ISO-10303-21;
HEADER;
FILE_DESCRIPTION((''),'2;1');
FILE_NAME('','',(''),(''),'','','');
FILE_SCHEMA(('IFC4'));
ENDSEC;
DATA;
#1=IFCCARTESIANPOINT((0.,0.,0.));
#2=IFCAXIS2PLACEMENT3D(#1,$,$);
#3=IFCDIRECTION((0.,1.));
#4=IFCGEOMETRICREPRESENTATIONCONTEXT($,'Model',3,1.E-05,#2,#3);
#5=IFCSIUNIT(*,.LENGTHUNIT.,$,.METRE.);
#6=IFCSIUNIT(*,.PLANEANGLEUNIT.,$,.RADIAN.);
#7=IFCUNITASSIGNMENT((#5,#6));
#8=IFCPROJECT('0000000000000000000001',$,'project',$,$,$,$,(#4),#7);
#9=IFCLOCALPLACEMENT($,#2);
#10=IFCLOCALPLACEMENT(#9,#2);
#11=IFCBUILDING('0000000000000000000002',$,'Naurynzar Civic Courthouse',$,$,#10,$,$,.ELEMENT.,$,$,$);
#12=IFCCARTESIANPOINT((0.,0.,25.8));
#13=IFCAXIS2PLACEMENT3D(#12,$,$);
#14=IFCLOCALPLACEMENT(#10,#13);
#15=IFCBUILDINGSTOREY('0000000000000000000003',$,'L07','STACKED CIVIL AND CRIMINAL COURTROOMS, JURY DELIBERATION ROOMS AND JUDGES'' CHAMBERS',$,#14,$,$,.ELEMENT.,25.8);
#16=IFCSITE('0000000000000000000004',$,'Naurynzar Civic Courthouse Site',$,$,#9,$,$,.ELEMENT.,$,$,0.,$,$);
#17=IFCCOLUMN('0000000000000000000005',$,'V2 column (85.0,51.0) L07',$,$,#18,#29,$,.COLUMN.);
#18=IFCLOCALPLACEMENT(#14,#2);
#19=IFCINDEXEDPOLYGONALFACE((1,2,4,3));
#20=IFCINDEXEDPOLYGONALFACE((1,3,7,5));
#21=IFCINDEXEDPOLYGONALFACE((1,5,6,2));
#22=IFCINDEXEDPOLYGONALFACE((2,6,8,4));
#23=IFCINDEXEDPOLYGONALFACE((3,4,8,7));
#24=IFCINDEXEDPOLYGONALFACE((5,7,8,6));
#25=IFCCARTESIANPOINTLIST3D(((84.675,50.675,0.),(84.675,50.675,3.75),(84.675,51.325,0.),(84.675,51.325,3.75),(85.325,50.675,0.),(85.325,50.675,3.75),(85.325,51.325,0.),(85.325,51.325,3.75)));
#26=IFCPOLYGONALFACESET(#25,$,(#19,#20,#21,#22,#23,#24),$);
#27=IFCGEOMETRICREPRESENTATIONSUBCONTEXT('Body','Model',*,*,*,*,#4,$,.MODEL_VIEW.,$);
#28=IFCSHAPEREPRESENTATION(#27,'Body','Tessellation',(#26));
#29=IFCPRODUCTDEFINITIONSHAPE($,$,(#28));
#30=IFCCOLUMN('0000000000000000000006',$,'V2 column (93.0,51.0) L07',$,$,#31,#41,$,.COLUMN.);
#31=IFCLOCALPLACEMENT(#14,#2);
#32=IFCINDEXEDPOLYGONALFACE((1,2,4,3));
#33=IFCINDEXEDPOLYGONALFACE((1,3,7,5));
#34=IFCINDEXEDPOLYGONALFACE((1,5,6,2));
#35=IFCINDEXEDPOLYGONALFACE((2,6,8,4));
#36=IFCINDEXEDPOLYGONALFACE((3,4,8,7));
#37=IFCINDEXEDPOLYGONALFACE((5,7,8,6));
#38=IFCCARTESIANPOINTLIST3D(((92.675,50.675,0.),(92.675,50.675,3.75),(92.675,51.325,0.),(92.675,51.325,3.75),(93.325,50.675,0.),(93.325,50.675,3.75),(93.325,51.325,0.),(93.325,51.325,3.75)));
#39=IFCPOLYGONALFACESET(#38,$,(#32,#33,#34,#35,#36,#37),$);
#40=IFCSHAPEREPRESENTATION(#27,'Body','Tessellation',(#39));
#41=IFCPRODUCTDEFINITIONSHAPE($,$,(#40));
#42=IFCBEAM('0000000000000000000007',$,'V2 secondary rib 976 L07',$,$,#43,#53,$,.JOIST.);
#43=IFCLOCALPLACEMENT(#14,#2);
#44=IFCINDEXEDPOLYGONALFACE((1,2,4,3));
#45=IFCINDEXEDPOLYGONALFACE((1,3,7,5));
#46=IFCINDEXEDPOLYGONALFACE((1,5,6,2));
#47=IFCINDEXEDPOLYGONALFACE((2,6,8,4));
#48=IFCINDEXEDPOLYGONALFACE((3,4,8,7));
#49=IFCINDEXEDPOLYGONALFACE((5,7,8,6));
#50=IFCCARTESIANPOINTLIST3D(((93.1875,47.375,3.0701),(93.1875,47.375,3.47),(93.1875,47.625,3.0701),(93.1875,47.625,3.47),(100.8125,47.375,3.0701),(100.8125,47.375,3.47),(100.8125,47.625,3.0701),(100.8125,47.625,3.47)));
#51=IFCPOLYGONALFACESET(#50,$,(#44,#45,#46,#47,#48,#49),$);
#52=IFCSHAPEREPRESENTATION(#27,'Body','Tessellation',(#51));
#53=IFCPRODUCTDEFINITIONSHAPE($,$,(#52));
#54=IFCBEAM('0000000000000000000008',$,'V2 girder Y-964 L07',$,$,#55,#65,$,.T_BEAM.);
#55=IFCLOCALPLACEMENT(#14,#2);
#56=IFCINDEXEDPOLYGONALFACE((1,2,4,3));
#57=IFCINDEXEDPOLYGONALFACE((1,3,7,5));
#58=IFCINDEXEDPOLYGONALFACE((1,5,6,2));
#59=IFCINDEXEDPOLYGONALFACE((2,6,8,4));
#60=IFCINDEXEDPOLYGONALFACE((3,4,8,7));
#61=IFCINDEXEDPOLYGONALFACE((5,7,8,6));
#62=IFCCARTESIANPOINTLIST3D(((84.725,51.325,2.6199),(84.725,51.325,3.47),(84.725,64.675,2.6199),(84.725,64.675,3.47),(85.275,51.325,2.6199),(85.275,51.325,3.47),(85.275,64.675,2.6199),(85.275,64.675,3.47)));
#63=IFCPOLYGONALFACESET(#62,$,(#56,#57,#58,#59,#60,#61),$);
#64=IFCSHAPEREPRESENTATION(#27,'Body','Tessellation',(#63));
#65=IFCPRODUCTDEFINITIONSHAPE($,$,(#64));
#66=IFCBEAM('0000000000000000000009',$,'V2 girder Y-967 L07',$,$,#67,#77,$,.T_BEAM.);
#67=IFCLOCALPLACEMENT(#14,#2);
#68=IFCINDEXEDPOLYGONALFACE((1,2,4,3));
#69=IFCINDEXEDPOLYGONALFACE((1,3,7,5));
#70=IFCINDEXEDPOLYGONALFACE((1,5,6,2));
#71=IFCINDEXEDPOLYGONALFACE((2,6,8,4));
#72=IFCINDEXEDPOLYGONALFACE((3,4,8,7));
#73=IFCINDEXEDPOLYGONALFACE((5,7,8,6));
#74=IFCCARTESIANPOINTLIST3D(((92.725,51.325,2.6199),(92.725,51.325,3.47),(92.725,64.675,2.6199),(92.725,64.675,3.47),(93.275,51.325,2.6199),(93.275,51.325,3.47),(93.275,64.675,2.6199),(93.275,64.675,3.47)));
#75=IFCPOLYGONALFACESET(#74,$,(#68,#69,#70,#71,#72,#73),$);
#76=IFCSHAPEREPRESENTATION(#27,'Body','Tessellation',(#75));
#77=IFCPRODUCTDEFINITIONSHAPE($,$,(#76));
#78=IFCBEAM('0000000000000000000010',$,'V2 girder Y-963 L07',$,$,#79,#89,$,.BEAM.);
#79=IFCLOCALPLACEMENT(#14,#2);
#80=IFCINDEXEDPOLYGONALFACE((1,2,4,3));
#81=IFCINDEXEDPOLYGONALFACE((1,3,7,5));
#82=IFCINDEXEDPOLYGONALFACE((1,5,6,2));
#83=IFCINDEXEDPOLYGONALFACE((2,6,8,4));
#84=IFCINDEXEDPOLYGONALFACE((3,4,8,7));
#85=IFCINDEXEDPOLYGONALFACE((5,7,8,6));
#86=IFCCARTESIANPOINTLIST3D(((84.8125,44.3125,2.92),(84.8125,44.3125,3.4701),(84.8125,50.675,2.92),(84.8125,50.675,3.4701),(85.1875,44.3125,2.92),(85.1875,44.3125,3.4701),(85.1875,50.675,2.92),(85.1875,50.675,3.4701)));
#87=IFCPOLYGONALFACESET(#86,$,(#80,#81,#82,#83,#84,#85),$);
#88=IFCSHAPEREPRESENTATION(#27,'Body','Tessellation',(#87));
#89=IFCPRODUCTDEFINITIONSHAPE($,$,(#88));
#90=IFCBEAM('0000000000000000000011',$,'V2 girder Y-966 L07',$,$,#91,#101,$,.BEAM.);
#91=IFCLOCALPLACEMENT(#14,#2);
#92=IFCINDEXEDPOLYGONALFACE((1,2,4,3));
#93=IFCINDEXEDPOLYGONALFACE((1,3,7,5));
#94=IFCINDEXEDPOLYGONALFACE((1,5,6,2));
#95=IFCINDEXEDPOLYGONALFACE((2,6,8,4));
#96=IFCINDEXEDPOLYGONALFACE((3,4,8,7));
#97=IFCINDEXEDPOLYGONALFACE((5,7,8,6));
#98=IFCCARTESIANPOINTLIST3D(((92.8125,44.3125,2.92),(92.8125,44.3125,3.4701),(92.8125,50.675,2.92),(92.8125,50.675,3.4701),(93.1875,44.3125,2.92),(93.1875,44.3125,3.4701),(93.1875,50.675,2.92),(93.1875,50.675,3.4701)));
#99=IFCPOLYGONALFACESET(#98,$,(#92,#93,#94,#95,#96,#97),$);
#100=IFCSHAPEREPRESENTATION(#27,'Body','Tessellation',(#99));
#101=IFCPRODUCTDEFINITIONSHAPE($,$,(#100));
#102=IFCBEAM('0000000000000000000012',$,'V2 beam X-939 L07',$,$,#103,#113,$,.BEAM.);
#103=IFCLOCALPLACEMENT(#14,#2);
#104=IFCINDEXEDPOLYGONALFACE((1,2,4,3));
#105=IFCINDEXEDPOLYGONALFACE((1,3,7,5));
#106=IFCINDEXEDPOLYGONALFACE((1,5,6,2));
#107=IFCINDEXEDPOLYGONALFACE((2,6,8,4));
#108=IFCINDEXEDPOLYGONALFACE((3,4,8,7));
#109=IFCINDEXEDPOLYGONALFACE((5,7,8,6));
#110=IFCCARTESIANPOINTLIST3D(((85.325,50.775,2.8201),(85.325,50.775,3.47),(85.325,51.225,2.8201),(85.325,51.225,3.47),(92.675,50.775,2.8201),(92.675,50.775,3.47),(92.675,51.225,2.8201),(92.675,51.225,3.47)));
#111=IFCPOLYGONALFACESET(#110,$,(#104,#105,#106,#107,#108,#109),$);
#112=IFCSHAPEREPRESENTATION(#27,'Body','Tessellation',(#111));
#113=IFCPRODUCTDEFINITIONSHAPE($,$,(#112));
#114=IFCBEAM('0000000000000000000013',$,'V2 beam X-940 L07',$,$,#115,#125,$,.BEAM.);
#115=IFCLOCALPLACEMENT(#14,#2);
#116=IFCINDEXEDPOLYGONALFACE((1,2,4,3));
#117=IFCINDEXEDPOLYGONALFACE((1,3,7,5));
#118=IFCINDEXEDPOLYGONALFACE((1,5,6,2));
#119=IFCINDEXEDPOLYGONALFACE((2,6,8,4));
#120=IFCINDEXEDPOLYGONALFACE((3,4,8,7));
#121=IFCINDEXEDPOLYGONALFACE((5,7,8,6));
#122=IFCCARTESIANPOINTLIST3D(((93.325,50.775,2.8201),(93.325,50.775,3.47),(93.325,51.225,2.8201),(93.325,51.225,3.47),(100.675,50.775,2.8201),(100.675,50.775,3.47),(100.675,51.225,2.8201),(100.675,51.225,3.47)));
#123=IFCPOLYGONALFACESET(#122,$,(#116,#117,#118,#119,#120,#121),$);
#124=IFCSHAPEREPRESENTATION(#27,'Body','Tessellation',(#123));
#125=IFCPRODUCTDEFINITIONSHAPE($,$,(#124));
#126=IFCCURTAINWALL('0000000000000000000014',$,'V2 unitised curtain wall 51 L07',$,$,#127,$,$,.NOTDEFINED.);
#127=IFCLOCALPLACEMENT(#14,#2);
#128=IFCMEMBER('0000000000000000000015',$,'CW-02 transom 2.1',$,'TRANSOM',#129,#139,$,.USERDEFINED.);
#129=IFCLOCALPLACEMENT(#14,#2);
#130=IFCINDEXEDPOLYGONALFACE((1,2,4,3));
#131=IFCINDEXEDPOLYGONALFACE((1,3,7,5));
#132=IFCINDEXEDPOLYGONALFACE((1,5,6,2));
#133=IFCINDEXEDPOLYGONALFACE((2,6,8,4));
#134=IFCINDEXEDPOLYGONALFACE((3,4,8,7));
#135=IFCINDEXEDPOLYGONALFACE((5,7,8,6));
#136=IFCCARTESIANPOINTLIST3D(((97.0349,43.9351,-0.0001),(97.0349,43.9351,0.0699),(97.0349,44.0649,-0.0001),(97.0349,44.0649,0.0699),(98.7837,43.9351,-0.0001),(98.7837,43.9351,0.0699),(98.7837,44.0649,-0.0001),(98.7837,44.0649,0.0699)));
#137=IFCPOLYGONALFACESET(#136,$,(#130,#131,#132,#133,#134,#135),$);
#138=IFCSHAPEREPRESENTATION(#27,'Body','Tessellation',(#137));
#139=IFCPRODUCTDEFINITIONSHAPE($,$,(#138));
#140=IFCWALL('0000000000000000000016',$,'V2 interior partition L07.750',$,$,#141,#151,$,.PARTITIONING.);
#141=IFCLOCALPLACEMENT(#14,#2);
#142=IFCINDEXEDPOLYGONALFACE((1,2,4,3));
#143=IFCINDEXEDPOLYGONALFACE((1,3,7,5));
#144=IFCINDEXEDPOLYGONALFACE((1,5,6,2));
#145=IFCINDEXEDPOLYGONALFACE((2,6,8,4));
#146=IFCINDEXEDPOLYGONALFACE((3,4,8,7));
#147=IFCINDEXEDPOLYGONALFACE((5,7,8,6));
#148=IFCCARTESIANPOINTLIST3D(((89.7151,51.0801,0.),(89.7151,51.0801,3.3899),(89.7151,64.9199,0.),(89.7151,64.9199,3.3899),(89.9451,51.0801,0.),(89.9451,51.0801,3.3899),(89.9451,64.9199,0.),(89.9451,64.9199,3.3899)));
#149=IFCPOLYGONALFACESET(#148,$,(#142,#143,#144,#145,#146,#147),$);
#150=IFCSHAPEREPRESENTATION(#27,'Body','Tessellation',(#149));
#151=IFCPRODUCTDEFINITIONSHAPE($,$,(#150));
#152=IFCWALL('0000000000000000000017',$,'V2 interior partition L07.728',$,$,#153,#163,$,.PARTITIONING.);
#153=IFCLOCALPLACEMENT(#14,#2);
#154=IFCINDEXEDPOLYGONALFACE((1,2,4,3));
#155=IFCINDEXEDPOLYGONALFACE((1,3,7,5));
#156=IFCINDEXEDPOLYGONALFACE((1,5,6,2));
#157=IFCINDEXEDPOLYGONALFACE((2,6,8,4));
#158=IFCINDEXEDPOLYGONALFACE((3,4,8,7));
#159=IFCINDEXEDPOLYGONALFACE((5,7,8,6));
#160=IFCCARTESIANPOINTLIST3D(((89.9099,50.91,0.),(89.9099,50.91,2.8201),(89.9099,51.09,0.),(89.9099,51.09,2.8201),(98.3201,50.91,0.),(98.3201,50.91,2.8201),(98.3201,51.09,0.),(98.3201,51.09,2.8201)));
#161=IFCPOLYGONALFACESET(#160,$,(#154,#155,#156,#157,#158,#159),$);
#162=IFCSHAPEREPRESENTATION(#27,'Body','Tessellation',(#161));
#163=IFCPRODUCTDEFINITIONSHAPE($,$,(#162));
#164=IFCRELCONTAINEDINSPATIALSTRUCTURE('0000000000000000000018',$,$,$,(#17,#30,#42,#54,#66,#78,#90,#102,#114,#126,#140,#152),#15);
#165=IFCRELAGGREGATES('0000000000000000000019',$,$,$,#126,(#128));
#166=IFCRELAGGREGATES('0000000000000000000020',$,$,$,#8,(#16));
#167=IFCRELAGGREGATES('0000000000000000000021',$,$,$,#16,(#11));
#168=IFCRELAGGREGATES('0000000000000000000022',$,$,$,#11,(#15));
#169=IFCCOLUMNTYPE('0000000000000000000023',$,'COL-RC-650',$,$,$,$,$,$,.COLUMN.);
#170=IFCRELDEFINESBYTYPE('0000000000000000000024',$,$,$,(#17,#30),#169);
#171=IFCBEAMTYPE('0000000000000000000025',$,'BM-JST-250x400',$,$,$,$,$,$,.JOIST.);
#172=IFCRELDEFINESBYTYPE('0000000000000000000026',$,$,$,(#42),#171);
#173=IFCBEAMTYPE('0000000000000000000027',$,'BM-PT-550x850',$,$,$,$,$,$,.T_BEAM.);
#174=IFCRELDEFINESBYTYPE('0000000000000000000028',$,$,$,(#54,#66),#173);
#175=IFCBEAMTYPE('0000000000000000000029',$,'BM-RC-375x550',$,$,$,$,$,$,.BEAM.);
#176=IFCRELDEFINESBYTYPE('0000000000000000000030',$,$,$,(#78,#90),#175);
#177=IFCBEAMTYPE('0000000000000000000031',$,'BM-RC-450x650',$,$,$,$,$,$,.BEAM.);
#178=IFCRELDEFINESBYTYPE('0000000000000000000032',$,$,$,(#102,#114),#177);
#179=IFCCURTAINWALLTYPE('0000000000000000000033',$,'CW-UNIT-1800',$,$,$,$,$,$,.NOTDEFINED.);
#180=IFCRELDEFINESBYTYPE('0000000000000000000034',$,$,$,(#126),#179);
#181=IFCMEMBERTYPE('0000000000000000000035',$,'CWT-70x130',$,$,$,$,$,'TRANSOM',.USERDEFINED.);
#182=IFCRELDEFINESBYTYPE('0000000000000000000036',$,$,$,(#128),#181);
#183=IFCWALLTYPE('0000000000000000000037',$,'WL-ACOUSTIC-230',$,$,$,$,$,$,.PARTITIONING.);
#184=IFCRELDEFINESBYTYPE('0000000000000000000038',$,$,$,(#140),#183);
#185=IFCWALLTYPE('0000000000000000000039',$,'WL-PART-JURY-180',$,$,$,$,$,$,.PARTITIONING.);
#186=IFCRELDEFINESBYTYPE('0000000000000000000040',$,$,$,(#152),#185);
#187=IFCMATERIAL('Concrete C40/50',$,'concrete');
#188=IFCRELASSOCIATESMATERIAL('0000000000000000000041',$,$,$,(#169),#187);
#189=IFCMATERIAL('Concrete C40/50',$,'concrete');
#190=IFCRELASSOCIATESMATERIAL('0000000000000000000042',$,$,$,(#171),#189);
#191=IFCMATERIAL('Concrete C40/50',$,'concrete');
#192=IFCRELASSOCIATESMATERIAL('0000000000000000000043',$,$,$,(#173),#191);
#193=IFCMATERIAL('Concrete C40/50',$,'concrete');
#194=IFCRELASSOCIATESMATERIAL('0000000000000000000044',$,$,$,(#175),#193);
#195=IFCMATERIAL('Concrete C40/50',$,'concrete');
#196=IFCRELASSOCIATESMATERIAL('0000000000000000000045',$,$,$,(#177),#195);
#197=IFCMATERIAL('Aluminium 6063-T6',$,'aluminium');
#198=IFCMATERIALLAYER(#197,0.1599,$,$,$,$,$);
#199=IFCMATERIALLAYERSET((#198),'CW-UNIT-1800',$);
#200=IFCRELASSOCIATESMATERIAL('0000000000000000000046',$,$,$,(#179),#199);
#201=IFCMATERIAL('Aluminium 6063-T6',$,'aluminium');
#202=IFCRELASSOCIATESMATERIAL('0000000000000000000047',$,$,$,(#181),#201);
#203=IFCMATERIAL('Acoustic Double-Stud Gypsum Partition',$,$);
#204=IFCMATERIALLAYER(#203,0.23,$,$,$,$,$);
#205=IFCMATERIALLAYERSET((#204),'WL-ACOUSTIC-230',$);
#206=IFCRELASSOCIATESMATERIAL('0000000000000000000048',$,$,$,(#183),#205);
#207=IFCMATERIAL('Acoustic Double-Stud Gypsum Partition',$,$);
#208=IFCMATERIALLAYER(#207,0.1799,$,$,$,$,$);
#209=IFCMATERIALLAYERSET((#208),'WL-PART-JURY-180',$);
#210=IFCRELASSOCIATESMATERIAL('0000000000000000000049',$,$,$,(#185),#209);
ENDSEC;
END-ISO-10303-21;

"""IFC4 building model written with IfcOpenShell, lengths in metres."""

from ifc_helpers import new_model, si_unit, direction, frame, frame_2d, origin, origin_2d, place, context, subcontext, project, spatial, rectangle, extrude, material, layer, layer_set, material_profile, profile_set, type_object, element, aggregate, save


model = new_model("IFC4")

# Units and contexts
model_context = context("Model", 3, precision=1e-05, world=origin(), true_north=direction((0.0, 1.0)))
body_context = subcontext(model_context, "Body", "Model", "MODEL_VIEW")
ifc_project = project(units=[si_unit("LENGTHUNIT", "METRE"), si_unit("PLANEANGLEUNIT", "RADIAN")], contexts=[model_context])

# Site, building, storey
site_placement = place(None, origin())
site = spatial("IfcSite", under=ifc_project, at=site_placement, Name="Naurynzar Civic Courthouse Site", CompositionType="ELEMENT", RefElevation=0.0)
building_placement = place(site_placement, origin())
building = spatial("IfcBuilding", under=site, at=building_placement, Name="Naurynzar Civic Courthouse", CompositionType="ELEMENT")
storey_placement = place(building_placement, frame((0.0, 0.0, 25.8)))
storey = spatial("IfcBuildingStorey", under=building, at=storey_placement, Name="L07", Description="STACKED CIVIL AND CRIMINAL COURTROOMS, JURY DELIBERATION ROOMS AND JUDGES' CHAMBERS", CompositionType="ELEMENT", Elevation=25.8)

# Columns
ifc_material_1 = material(Name="Concrete C40/50", Category="concrete")
ifc_material_profile_1 = material_profile(ifc_material_1, rectangle(XDim=0.6499, YDim=0.6499, at=origin_2d()), Name="RC 650x650")
ifc_profile_set_1 = profile_set([ifc_material_profile_1], Name="Concrete C40/50")
column_type = type_object("IfcColumnType", Name="COL-RC-650", PredefinedType="COLUMN", material=ifc_profile_set_1)
for number, where, z_axis, x_axis, name in (
    (1, (85.0, 51.0, 0.0), (0.0, 0.0, 1.0), (1.0, 0.0, 0.0), "V2 column (85.0,51.0) L07"),
    (2, (93.0, 51.0, 0.0), (0.0, 0.0, 1.0), (1.0, 0.0, 0.0), "V2 column (93.0,51.0) L07"),
):
    element("IfcColumn", number, at=place(storey_placement, frame(where, z_axis=z_axis, x_axis=x_axis)), inside=storey, type_object=column_type, Name=name, PredefinedType="COLUMN", context=body_context, shape_type="SweptSolid", body=[
        extrude(rectangle(XDim=0.6499, YDim=0.6499, at=origin_2d()), origin(), (0.0, 0.0, 1.0), 3.75),
    ])

# Beams
ifc_material_2 = material(Name="Concrete C40/50", Category="concrete")
ifc_material_profile_2 = material_profile(ifc_material_2, rectangle(XDim=0.25, YDim=0.3999, at=origin_2d()), Name="RCB 250x400")
ifc_profile_set_2 = profile_set([ifc_material_profile_2], Name="Concrete C40/50")
beam_type_1 = type_object("IfcBeamType", Name="BM-JST-250x400", PredefinedType="JOIST", material=ifc_profile_set_2)
beam_placement = place(storey_placement, frame((93.1875, 47.5, 3.27), z_axis=(1.0, 0.0, 0.0), x_axis=(0.0, 1.0, 0.0)))
element("IfcBeam", 3, at=beam_placement, inside=storey, type_object=beam_type_1, Name="V2 secondary rib 976 L07", PredefinedType="JOIST", context=body_context, shape_type="SweptSolid", body=[
    extrude(rectangle(XDim=0.25, YDim=0.3999, at=origin_2d()), origin(), (0.0, 0.0, 1.0), 7.625),
])
ifc_material_3 = material(Name="Concrete C40/50", Category="concrete")
ifc_material_profile_3 = material_profile(ifc_material_3, rectangle(XDim=0.55, YDim=0.8501, at=origin_2d()), Name="PTB 550x850")
ifc_profile_set_3 = profile_set([ifc_material_profile_3], Name="Concrete C40/50")
beam_type_2 = type_object("IfcBeamType", Name="BM-PT-550x850", PredefinedType="T_BEAM", material=ifc_profile_set_3)
for number, where, z_axis, x_axis, name in (
    (4, (85.0, 51.325, 3.0449), (0.0, 1.0, 0.0), (-1.0, 0.0, 0.0), "V2 girder Y-964 L07"),
    (5, (93.0, 51.325, 3.0449), (0.0, 1.0, 0.0), (-1.0, 0.0, 0.0), "V2 girder Y-967 L07"),
):
    element("IfcBeam", number, at=place(storey_placement, frame(where, z_axis=z_axis, x_axis=x_axis)), inside=storey, type_object=beam_type_2, Name=name, PredefinedType="T_BEAM", context=body_context, shape_type="SweptSolid", body=[
        extrude(rectangle(XDim=0.55, YDim=0.8501, at=origin_2d()), origin(), (0.0, 0.0, 1.0), 13.3501),
    ])
ifc_material_4 = material(Name="Concrete C40/50", Category="concrete")
ifc_material_profile_4 = material_profile(ifc_material_4, rectangle(XDim=0.375, YDim=0.55, at=origin_2d()), Name="RCB 375x550")
ifc_profile_set_4 = profile_set([ifc_material_profile_4], Name="Concrete C40/50")
beam_type_3 = type_object("IfcBeamType", Name="BM-RC-375x550", PredefinedType="BEAM", material=ifc_profile_set_4)
for number, where, z_axis, x_axis, name in (
    (6, (85.0, 44.3125, 3.1951), (0.0, 1.0, 0.0), (-1.0, 0.0, 0.0), "V2 girder Y-963 L07"),
    (7, (93.0, 44.3125, 3.1951), (0.0, 1.0, 0.0), (-1.0, 0.0, 0.0), "V2 girder Y-966 L07"),
):
    element("IfcBeam", number, at=place(storey_placement, frame(where, z_axis=z_axis, x_axis=x_axis)), inside=storey, type_object=beam_type_3, Name=name, PredefinedType="BEAM", context=body_context, shape_type="SweptSolid", body=[
        extrude(rectangle(XDim=0.375, YDim=0.55, at=origin_2d()), origin(), (0.0, 0.0, 1.0), 6.3625),
    ])
ifc_material_5 = material(Name="Concrete C40/50", Category="concrete")
ifc_material_profile_5 = material_profile(ifc_material_5, rectangle(XDim=0.45, YDim=0.6499, at=origin_2d()), Name="RCB 450x650")
ifc_profile_set_5 = profile_set([ifc_material_profile_5], Name="Concrete C40/50")
beam_type_4 = type_object("IfcBeamType", Name="BM-RC-450x650", PredefinedType="BEAM", material=ifc_profile_set_5)
for number, where, z_axis, x_axis, name in (
    (8, (85.325, 51.0, 3.145), (1.0, 0.0, 0.0), (0.0, 1.0, 0.0), "V2 beam X-939 L07"),
    (9, (93.325, 51.0, 3.145), (1.0, 0.0, 0.0), (0.0, 1.0, 0.0), "V2 beam X-940 L07"),
):
    element("IfcBeam", number, at=place(storey_placement, frame(where, z_axis=z_axis, x_axis=x_axis)), inside=storey, type_object=beam_type_4, Name=name, PredefinedType="BEAM", context=body_context, shape_type="SweptSolid", body=[
        extrude(rectangle(XDim=0.45, YDim=0.6499, at=origin_2d()), origin(), (0.0, 0.0, 1.0), 7.3501),
    ])

# Curtain wall, member
ifc_material_6 = material(Name="Aluminium 6063-T6", Category="aluminium")
ifc_layer_1 = layer(ifc_material_6, 0.1599)
ifc_layer_set_1 = layer_set([ifc_layer_1], Name="CW-UNIT-1800")
curtain_wall_type = type_object("IfcCurtainWallType", Name="CW-UNIT-1800", PredefinedType="NOTDEFINED", material=ifc_layer_set_1)
curtain_wall_placement = place(storey_placement, origin())
curtain_wall = element("IfcCurtainWall", 10, at=curtain_wall_placement, inside=storey, type_object=curtain_wall_type, Name="V2 unitised curtain wall 51 L07", PredefinedType="NOTDEFINED")
ifc_material_7 = material(Name="Aluminium 6063-T6", Category="aluminium")
ifc_material_profile_6 = material_profile(ifc_material_7, rectangle(XDim=0.1299, YDim=0.0701, at=origin_2d()), Name="ALU TRANSOM 70x130")
ifc_profile_set_6 = profile_set([ifc_material_profile_6], Name="Aluminium 6063-T6")
member_type = type_object("IfcMemberType", Name="CWT-70x130", ElementType="TRANSOM", PredefinedType="USERDEFINED", material=ifc_profile_set_6)
member_placement = place(storey_placement, frame((98.7837, 44.0, 0.0349), z_axis=(-1.0, 0.0, 0.0), x_axis=(0.0, -1.0, 0.0)))
member = element("IfcMember", 11, at=member_placement, type_object=member_type, Name="CW-02 transom 2.1", ObjectType="TRANSOM", PredefinedType="USERDEFINED", context=body_context, shape_type="SweptSolid", body=[
    extrude(rectangle(XDim=0.1299, YDim=0.0701, at=origin_2d()), origin(), (0.0, 0.0, 1.0), 1.7488),
])
aggregate(curtain_wall, [member])

# Wall
ifc_material_8 = material(Name="Acoustic Double-Stud Gypsum Partition")
ifc_layer_2 = layer(ifc_material_8, 0.23)
ifc_layer_set_2 = layer_set([ifc_layer_2], Name="WL-ACOUSTIC-230")
wall_type_1 = type_object("IfcWallType", Name="WL-ACOUSTIC-230", PredefinedType="PARTITIONING", material=ifc_layer_set_2)
wall_1_placement = place(storey_placement, frame((89.8301, 51.0801, 0.0), z_axis=(0.0, 0.0, 1.0), x_axis=(0.0, 1.0, 0.0)))
element("IfcWall", 12, at=wall_1_placement, inside=storey, type_object=wall_type_1, Name="V2 interior partition L07.750", PredefinedType="PARTITIONING", context=body_context, shape_type="SweptSolid", body=[
    extrude(rectangle(XDim=13.8398, YDim=0.23, at=frame_2d((6.9199, 0.0))), origin(), (0.0, 0.0, 1.0), 3.3899),
])

# Wall
ifc_material_9 = material(Name="Acoustic Double-Stud Gypsum Partition")
ifc_layer_3 = layer(ifc_material_9, 0.1799)
ifc_layer_set_3 = layer_set([ifc_layer_3], Name="WL-PART-JURY-180")
wall_type_2 = type_object("IfcWallType", Name="WL-PART-JURY-180", PredefinedType="PARTITIONING", material=ifc_layer_set_3)
wall_2_placement = place(storey_placement, frame((89.9099, 51.0, 0.0), z_axis=(0.0, 0.0, 1.0), x_axis=(1.0, 0.0, 0.0)))
element("IfcWall", 13, at=wall_2_placement, inside=storey, type_object=wall_type_2, Name="V2 interior partition L07.728", PredefinedType="PARTITIONING", context=body_context, shape_type="SweptSolid", body=[
    extrude(rectangle(XDim=8.4102, YDim=0.1799, at=frame_2d((4.2051, 0.0))), origin(), (0.0, 0.0, 1.0), 2.8201),
])

save(model, "model.ifc")
